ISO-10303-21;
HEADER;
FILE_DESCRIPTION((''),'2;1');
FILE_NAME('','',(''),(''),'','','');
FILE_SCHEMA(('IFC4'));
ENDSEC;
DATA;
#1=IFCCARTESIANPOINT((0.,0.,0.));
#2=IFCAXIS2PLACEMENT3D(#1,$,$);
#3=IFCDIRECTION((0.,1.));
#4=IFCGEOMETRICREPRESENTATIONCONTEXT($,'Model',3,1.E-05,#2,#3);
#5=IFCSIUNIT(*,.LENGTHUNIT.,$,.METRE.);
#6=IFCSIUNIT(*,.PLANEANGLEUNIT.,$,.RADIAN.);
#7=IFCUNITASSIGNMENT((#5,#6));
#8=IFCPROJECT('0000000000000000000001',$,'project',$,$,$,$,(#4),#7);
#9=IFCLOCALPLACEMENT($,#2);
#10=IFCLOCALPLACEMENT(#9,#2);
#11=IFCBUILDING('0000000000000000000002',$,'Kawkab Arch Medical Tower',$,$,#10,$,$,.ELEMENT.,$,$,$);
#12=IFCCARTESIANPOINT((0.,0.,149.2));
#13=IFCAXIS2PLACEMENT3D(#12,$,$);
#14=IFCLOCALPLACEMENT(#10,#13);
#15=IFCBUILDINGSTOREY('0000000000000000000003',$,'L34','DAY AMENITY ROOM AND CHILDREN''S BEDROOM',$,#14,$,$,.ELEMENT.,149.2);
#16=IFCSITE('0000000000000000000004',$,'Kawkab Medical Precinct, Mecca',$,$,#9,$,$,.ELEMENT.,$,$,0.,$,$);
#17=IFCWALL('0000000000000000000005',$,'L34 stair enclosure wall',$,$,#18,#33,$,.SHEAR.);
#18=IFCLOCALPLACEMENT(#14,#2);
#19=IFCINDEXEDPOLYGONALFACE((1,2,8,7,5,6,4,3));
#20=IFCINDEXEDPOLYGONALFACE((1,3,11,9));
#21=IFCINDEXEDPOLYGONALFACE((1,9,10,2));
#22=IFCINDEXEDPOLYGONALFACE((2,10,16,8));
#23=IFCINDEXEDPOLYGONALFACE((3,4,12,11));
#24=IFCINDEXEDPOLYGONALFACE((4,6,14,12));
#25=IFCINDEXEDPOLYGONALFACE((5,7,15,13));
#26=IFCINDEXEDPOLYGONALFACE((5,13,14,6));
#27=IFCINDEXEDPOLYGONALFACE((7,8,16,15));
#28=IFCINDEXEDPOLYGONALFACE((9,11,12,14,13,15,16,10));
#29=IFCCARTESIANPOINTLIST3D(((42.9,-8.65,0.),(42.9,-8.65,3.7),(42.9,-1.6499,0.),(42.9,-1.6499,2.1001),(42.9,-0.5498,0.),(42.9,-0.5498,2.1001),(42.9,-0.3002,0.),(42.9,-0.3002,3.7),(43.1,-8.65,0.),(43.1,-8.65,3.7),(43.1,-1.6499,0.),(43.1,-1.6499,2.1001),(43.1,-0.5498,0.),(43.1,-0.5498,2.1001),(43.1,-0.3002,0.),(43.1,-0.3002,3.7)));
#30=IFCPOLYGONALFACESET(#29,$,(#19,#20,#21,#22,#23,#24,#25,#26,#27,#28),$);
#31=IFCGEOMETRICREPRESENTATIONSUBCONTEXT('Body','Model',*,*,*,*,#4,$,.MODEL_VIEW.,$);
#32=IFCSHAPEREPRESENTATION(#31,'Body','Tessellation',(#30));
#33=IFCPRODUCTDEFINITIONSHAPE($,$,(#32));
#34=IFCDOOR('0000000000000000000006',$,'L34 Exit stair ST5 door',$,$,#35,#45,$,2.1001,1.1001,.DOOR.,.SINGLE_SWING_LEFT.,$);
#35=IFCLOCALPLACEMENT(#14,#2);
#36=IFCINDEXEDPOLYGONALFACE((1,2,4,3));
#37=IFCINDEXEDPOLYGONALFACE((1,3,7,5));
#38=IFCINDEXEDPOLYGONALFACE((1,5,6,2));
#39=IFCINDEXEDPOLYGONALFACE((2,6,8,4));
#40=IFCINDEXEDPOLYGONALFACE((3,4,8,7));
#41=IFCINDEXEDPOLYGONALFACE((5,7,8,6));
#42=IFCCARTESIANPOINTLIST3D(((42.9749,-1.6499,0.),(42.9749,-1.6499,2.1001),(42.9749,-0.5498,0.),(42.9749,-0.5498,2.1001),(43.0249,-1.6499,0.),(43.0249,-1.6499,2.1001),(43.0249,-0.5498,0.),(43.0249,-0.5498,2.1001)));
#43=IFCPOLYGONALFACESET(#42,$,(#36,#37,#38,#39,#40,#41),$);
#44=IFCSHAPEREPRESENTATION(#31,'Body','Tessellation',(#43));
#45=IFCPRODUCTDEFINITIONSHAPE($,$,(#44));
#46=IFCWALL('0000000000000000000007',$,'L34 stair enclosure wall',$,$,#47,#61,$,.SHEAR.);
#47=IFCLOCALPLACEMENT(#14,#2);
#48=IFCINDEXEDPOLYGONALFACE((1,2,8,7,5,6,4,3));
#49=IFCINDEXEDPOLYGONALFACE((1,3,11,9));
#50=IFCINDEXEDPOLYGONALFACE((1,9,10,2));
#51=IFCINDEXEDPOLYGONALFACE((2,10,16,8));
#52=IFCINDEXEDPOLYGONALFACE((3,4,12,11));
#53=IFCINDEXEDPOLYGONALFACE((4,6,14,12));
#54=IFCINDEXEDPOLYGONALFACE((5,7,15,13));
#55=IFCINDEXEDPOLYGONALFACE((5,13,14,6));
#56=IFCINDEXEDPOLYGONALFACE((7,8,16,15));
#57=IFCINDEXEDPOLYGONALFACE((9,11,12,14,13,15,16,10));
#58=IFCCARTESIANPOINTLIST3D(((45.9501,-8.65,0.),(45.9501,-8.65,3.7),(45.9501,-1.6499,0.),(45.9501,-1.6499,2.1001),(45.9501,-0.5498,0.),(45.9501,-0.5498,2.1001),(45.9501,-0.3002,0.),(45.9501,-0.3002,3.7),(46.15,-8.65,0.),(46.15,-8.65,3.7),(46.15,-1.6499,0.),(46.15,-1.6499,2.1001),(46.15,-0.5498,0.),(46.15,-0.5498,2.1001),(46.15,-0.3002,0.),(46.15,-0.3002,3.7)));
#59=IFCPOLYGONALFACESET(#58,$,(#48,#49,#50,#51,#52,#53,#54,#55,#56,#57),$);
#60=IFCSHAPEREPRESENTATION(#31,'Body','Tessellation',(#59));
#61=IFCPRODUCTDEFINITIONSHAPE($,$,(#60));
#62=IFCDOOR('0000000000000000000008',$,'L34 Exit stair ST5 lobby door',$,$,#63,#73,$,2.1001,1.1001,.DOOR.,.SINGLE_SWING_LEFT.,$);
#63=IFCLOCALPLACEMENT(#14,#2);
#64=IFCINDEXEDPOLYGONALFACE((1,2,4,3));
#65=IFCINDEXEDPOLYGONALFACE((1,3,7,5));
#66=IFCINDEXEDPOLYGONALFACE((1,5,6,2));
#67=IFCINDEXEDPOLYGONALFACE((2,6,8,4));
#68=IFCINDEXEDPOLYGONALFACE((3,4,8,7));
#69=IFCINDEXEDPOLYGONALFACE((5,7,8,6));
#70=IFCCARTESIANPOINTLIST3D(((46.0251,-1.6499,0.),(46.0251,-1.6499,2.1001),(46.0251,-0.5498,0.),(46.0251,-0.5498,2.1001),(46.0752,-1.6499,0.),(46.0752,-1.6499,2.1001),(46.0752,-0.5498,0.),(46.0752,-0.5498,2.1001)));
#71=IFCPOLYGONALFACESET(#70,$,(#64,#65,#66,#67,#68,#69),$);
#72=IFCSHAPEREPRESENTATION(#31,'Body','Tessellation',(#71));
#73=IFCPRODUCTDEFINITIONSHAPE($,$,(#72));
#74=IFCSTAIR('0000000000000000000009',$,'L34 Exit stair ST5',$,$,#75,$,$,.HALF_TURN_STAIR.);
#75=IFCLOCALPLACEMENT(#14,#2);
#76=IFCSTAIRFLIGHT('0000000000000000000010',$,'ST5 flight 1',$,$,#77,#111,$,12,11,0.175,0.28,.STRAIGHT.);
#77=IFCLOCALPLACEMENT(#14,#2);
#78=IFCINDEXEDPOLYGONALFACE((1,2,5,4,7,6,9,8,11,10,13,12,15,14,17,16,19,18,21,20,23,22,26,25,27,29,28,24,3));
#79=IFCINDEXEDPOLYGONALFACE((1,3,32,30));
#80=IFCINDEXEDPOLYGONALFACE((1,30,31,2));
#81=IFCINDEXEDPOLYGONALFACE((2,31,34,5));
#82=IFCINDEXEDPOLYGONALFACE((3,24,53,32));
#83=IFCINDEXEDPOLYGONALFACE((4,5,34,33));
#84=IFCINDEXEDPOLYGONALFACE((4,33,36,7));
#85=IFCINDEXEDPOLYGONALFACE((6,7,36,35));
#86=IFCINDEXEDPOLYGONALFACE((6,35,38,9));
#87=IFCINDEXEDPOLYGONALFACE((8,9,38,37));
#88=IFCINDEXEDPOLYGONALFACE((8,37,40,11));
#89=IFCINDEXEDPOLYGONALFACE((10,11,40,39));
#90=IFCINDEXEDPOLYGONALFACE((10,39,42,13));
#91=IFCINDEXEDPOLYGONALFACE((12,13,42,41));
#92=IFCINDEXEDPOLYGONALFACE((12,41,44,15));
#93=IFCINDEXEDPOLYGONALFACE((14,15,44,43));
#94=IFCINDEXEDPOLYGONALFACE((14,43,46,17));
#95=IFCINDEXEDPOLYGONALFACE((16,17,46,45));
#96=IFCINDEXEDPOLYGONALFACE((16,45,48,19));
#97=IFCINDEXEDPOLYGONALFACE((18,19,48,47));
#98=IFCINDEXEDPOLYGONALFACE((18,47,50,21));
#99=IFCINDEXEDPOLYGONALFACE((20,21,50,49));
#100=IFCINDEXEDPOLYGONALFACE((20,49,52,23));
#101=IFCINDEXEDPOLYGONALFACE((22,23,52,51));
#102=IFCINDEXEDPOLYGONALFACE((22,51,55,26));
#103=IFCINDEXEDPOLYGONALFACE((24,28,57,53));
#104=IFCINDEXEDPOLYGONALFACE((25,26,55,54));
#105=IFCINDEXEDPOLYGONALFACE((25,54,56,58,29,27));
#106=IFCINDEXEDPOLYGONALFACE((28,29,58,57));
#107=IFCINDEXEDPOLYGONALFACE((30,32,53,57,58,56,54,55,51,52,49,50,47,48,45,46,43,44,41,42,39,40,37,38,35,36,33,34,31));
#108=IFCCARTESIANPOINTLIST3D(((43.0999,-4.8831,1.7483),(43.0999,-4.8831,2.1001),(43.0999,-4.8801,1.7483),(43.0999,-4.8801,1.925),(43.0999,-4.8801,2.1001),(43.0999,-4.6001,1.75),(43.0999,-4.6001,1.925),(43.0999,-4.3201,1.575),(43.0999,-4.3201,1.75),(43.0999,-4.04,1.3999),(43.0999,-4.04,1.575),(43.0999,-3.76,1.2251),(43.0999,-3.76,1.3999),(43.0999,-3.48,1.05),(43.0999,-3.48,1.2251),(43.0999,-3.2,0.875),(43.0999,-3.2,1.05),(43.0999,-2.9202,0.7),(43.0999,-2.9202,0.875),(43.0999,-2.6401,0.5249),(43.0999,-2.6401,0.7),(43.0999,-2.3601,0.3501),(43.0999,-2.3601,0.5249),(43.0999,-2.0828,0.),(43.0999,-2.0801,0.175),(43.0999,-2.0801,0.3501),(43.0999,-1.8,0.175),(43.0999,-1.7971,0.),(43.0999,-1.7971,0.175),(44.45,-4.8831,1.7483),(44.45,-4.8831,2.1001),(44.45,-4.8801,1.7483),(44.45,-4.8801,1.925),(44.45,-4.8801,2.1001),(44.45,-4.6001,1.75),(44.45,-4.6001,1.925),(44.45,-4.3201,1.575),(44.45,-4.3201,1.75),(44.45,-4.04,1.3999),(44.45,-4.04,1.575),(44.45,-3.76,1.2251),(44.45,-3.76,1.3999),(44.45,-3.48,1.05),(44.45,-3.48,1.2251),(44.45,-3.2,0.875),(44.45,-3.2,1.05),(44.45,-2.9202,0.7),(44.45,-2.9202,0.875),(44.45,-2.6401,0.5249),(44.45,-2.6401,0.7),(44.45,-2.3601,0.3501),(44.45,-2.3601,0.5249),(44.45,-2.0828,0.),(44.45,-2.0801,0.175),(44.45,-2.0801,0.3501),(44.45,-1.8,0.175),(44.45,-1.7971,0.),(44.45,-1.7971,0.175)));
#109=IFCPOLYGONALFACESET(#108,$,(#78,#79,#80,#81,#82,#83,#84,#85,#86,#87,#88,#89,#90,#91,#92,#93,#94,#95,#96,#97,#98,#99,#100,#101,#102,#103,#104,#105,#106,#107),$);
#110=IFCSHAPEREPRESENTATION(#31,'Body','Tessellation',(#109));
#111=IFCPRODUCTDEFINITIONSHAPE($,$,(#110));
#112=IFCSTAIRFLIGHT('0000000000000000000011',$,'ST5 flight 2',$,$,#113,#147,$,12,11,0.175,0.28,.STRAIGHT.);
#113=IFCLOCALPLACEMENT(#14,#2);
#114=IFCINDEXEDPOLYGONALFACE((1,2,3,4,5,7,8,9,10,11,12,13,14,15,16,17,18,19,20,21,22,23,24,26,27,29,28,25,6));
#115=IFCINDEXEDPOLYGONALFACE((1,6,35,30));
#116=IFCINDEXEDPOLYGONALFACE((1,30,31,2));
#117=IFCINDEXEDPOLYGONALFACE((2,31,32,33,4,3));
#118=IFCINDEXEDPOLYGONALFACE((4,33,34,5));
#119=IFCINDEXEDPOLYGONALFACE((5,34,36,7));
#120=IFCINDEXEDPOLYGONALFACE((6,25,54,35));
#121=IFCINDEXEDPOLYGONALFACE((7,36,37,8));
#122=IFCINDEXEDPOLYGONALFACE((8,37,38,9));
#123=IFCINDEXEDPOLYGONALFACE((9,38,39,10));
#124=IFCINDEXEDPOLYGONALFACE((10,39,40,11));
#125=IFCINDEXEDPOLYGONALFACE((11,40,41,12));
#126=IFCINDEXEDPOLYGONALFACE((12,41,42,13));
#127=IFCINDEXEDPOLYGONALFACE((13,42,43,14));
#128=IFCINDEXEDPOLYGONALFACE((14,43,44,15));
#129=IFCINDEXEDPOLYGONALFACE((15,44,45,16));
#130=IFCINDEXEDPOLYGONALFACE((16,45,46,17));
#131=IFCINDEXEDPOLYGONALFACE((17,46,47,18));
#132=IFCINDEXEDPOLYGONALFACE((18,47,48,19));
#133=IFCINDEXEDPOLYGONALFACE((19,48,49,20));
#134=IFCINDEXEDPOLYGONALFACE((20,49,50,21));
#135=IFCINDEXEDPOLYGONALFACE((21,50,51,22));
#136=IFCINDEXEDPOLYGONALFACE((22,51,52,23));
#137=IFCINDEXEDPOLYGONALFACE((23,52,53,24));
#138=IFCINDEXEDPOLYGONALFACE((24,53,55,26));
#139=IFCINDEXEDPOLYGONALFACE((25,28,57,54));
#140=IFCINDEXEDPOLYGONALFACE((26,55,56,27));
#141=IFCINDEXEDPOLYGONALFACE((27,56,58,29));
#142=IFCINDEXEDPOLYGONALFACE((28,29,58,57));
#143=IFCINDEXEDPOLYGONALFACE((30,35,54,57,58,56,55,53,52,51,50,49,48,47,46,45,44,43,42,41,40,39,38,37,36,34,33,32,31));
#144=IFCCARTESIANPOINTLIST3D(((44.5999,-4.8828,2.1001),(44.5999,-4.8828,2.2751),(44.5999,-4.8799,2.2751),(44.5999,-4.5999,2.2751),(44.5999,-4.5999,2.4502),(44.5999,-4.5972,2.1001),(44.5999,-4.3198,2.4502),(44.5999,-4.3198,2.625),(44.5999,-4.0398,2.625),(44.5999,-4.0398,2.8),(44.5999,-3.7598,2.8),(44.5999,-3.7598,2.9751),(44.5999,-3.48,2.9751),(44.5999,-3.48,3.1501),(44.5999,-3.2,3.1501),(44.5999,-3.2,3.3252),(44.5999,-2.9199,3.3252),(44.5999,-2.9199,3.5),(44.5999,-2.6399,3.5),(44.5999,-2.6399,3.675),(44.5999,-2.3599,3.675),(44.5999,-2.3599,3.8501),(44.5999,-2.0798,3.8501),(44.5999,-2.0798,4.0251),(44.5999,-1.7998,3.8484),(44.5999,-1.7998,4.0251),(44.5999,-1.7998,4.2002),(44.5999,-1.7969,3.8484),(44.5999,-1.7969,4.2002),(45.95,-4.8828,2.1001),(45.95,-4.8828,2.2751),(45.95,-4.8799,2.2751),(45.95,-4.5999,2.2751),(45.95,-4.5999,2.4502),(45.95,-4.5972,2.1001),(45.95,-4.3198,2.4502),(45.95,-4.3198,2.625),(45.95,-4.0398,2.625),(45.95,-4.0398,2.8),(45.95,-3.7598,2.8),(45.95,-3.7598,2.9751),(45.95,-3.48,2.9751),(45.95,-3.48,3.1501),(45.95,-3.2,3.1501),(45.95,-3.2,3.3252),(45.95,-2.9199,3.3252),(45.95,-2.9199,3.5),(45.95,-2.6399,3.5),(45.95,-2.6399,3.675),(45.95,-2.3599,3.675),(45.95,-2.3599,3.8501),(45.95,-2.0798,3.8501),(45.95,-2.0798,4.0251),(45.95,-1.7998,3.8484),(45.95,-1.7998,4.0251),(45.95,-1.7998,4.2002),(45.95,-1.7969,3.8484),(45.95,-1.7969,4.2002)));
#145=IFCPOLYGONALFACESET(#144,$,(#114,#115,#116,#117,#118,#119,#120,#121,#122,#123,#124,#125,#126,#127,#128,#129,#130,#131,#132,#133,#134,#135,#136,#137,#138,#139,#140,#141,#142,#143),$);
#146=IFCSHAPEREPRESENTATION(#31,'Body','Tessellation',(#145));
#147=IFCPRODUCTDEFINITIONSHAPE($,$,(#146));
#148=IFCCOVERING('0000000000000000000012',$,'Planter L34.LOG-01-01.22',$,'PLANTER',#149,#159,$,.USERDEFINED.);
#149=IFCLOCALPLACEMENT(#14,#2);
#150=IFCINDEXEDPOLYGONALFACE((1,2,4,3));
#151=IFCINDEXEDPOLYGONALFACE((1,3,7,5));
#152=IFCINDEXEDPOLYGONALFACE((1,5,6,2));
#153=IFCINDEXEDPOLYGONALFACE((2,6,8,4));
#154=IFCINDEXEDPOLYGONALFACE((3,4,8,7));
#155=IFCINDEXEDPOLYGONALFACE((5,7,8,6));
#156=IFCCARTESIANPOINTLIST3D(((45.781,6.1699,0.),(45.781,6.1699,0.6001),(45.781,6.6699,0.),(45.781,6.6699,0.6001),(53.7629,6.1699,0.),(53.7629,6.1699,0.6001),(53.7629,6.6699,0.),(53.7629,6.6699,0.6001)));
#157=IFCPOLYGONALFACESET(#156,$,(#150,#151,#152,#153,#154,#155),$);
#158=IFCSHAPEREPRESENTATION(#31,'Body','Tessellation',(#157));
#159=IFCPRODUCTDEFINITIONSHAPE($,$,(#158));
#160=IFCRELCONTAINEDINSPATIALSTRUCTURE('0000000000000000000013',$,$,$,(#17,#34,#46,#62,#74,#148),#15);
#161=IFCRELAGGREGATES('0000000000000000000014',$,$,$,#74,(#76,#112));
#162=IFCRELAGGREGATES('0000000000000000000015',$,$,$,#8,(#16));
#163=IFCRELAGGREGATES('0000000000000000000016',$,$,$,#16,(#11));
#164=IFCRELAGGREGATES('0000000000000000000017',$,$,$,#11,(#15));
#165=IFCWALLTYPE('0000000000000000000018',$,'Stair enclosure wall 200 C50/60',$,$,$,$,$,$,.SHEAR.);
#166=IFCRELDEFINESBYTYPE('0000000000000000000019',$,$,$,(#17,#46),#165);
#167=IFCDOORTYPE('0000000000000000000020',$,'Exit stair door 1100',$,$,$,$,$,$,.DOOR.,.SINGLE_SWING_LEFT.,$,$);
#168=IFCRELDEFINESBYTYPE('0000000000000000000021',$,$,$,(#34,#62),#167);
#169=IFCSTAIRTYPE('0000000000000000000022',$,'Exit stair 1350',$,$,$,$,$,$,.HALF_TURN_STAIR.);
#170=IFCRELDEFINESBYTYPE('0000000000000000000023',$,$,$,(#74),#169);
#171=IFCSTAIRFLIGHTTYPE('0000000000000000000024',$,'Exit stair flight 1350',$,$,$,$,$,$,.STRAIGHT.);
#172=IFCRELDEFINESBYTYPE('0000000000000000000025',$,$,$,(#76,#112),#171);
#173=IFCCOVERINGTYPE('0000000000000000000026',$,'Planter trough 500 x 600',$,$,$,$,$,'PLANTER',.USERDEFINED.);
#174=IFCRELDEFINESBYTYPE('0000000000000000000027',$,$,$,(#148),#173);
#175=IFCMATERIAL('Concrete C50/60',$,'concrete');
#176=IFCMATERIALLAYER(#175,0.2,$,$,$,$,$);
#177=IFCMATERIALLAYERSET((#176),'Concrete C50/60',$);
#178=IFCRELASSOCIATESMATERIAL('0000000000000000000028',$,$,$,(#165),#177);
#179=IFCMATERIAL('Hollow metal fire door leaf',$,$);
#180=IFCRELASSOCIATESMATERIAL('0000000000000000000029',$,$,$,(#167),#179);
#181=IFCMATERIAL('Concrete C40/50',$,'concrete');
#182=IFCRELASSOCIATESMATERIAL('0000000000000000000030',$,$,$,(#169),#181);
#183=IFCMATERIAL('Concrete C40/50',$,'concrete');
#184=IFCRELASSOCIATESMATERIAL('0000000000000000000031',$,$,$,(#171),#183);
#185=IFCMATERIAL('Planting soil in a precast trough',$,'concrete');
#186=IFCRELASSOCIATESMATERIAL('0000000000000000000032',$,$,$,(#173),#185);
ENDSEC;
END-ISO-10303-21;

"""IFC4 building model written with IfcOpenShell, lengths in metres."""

from ifc_helpers import new_model, si_unit, direction, frame, frame_2d, origin, origin_2d, place, context, subcontext, project, spatial, polyline, rectangle, outline, extrude, material, layer, layer_set, material_profile, profile_set, type_object, element, fill, aggregate, save


model = new_model("IFC4")

# Units and contexts
model_context = context("Model", 3, precision=1e-05, world=origin(), true_north=direction((0.0, 1.0)))
body_context = subcontext(model_context, "Body", "Model", "MODEL_VIEW")
ifc_project = project(units=[si_unit("LENGTHUNIT", "METRE"), si_unit("PLANEANGLEUNIT", "RADIAN")], contexts=[model_context])

# Site, building, storey
site_placement = place(None, origin())
site = spatial("IfcSite", under=ifc_project, at=site_placement, Name="Kawkab Medical Precinct, Mecca", CompositionType="ELEMENT", RefElevation=0.0)
building_placement = place(site_placement, origin())
building = spatial("IfcBuilding", under=site, at=building_placement, Name="Kawkab Arch Medical Tower", CompositionType="ELEMENT")
storey_placement = place(building_placement, frame((0.0, 0.0, 149.2)))
storey = spatial("IfcBuildingStorey", under=building, at=storey_placement, Name="L34", Description="DAY AMENITY ROOM AND CHILDREN'S BEDROOM", CompositionType="ELEMENT", Elevation=149.2)

# Shared definitions
placement = place(storey_placement, origin())

# Walls, openings, doors
ifc_material_1 = material(Name="Concrete C50/60", Category="concrete")
ifc_layer_1 = layer(ifc_material_1, 0.2)
ifc_layer_set_1 = layer_set([ifc_layer_1], Name="Concrete C50/60")
wall_type_1 = type_object("IfcWallType", Name="Stair enclosure wall 200 C50/60", PredefinedType="SHEAR", material=ifc_layer_set_1)
wall_1_placement = place(storey_placement, frame((43.0, -8.6499, 0.0), z_axis=(0.0, 0.0, 1.0), x_axis=(0.0, 1.0, 0.0)))
wall_1 = element("IfcWall", 1, at=wall_1_placement, inside=storey, type_object=wall_type_1, Name="L34 stair enclosure wall", PredefinedType="SHEAR", context=body_context, shape_type="SweptSolid", body=[
    extrude(rectangle(XDim=8.3499, YDim=0.2, at=frame_2d((4.1748, 0.0))), origin(), (0.0, 0.0, 1.0), 3.7),
])
opening_1_placement = place(wall_1_placement, frame((7.0, 0.0, 0.0)))
opening_1 = element("IfcOpeningElement", 2, at=opening_1_placement, cuts=wall_1, PredefinedType="OPENING", context=body_context, shape_type="SweptSolid", body=[
    extrude(rectangle(XDim=1.1001, YDim=2.1001, at=frame_2d((0.55, 1.05))), frame((0.0, 0.1099, 0.0), z_axis=(0.0, -1.0, 0.0), x_axis=(1.0, 0.0, 0.0)), (0.0, 0.0, 1.0), 0.22),
])
ifc_material_2 = material(Name="Hollow metal fire door leaf")
door_type_1 = type_object("IfcDoorType", Name="Exit stair door 1100", OperationType="SINGLE_SWING_LEFT", PredefinedType="DOOR", material=ifc_material_2)
door_1_placement = place(opening_1_placement, frame((1.1001, 0.0, 0.0), z_axis=(0.0, 0.0, 1.0), x_axis=(-1.0, 0.0, 0.0)))
door_1 = element("IfcDoor", 3, at=door_1_placement, inside=storey, type_object=door_type_1, Name="L34 Exit stair ST5 door", OperationType="SINGLE_SWING_LEFT", OverallHeight=2.1001, OverallWidth=1.1001, PredefinedType="DOOR", context=body_context, shape_type="SweptSolid", body=[
    extrude(rectangle(XDim=1.1001, YDim=2.1001, at=frame_2d((0.55, 1.05))), frame((0.0, 0.0249, 0.0), z_axis=(0.0, -1.0, 0.0), x_axis=(1.0, 0.0, 0.0)), (0.0, 0.0, 1.0), 0.05),
])
fill(opening_1, door_1)
wall_2_placement = place(storey_placement, frame((46.05, -8.6499, 0.0), z_axis=(0.0, 0.0, 1.0), x_axis=(0.0, 1.0, 0.0)))
wall_2 = element("IfcWall", 4, at=wall_2_placement, inside=storey, type_object=wall_type_1, Name="L34 stair enclosure wall", PredefinedType="SHEAR", context=body_context, shape_type="SweptSolid", body=[
    extrude(rectangle(XDim=8.3499, YDim=0.2, at=frame_2d((4.1748, 0.0))), origin(), (0.0, 0.0, 1.0), 3.7),
])
opening_2_placement = place(wall_2_placement, frame((7.0, 0.0, 0.0)))
opening_2 = element("IfcOpeningElement", 5, at=opening_2_placement, cuts=wall_2, PredefinedType="OPENING", context=body_context, shape_type="SweptSolid", body=[
    extrude(rectangle(XDim=1.1001, YDim=2.1001, at=frame_2d((0.55, 1.05))), frame((0.0, 0.1099, 0.0), z_axis=(0.0, -1.0, 0.0), x_axis=(1.0, 0.0, 0.0)), (0.0, 0.0, 1.0), 0.22),
])
door_2_placement = place(opening_2_placement, origin())
door_2 = element("IfcDoor", 6, at=door_2_placement, inside=storey, type_object=door_type_1, Name="L34 Exit stair ST5 lobby door", OperationType="SINGLE_SWING_LEFT", OverallHeight=2.1001, OverallWidth=1.1001, PredefinedType="DOOR", context=body_context, shape_type="SweptSolid", body=[
    extrude(rectangle(XDim=1.1001, YDim=2.1001, at=frame_2d((0.55, 1.05))), frame((0.0, 0.0249, 0.0), z_axis=(0.0, -1.0, 0.0), x_axis=(1.0, 0.0, 0.0)), (0.0, 0.0, 1.0), 0.05),
])
fill(opening_2, door_2)

# Stair, stair flights
ifc_material_3 = material(Name="Concrete C40/50", Category="concrete")
stair_type = type_object("IfcStairType", Name="Exit stair 1350", PredefinedType="HALF_TURN_STAIR", material=ifc_material_3)
stair = element("IfcStair", 7, at=placement, inside=storey, type_object=stair_type, Name="L34 Exit stair ST5", PredefinedType="HALF_TURN_STAIR")
ifc_material_4 = material(Name="Concrete C40/50", Category="concrete")
stair_flight_type = type_object("IfcStairFlightType", Name="Exit stair flight 1350", PredefinedType="STRAIGHT", material=ifc_material_4)
stair_flight_1_placement = place(storey_placement, frame((43.7749, -1.8, 0.0), z_axis=(0.0, 0.0, 1.0), x_axis=(0.0, -1.0, 0.0)))
stair_flight_1 = element("IfcStairFlight", 8, at=stair_flight_1_placement, type_object=stair_flight_type, Name="ST5 flight 1", NumberOfRisers=12, NumberOfTreads=11, PredefinedType="STRAIGHT", RiserHeight=0.175, TreadLength=0.28, context=body_context, shape_type="SweptSolid", body=[
    extrude(outline(polyline([(-0.0029, 0.0), (-0.0029, 0.175), (0.0, 0.175), (0.28, 0.175), (0.28, 0.3501), (0.5601, 0.3501), (0.5601, 0.5249), (0.8401, 0.5249), (0.8401, 0.7), (1.1201, 0.7), (1.1201, 0.875), (1.3999, 0.875), (1.3999, 1.05), (1.6799, 1.05), (1.6799, 1.2251), (1.96, 1.2251), (1.96, 1.3999), (2.24, 1.3999), (2.24, 1.575), (2.52, 1.575), (2.52, 1.75), (2.8, 1.75), (2.8, 1.925), (3.0801, 1.925), (3.0801, 2.1001), (3.083, 2.1001), (3.083, 1.7483), (3.0801, 1.7483), (0.2827, 0.0), (-0.0029, 0.0)])), frame((0.0, 0.675, 0.0), z_axis=(0.0, -1.0, 0.0), x_axis=(1.0, 0.0, 0.0)), (0.0, 0.0, 1.0), 1.3501),
])
stair_flight_2_placement = place(storey_placement, frame((45.2749, -4.8799, 2.1001), z_axis=(0.0, 0.0, 1.0), x_axis=(0.0, 1.0, 0.0)))
stair_flight_2 = element("IfcStairFlight", 9, at=stair_flight_2_placement, type_object=stair_flight_type, Name="ST5 flight 2", NumberOfRisers=12, NumberOfTreads=11, PredefinedType="STRAIGHT", RiserHeight=0.175, TreadLength=0.28, context=body_context, shape_type="SweptSolid", body=[
    extrude(outline(polyline([(-0.0029, 0.0), (-0.0029, 0.175), (0.0, 0.175), (0.28, 0.175), (0.28, 0.3501), (0.5601, 0.3501), (0.5601, 0.5249), (0.8401, 0.5249), (0.8401, 0.7), (1.1201, 0.7), (1.1201, 0.875), (1.3999, 0.875), (1.3999, 1.05), (1.6799, 1.05), (1.6799, 1.2251), (1.96, 1.2251), (1.96, 1.3999), (2.24, 1.3999), (2.24, 1.575), (2.52, 1.575), (2.52, 1.75), (2.8, 1.75), (2.8, 1.925), (3.0801, 1.925), (3.0801, 2.1001), (3.083, 2.1001), (3.083, 1.7483), (3.0801, 1.7483), (0.2827, 0.0), (-0.0029, 0.0)])), frame((0.0, 0.675, 0.0), z_axis=(0.0, -1.0, 0.0), x_axis=(1.0, 0.0, 0.0)), (0.0, 0.0, 1.0), 1.3501),
])
aggregate(stair, [stair_flight_1, stair_flight_2])

# Covering
ifc_material_5 = material(Name="Planting soil in a precast trough", Category="concrete")
ifc_material_profile_1 = material_profile(ifc_material_5, rectangle(XDim=0.5, YDim=0.6001, at=origin_2d()), Name="Trough 500x600")
ifc_profile_set_1 = profile_set([ifc_material_profile_1], Name="Planting soil in a precast trough")
covering_type = type_object("IfcCoveringType", Name="Planter trough 500 x 600", ElementType="PLANTER", PredefinedType="USERDEFINED", material=ifc_profile_set_1)
covering_placement = place(storey_placement, frame((45.781, 6.4199, 0.3), z_axis=(1.0, 0.0, 0.0), x_axis=(0.0, 1.0, 0.0)))
element("IfcCovering", 10, at=covering_placement, inside=storey, type_object=covering_type, Name="Planter L34.LOG-01-01.22", ObjectType="PLANTER", PredefinedType="USERDEFINED", context=body_context, shape_type="SweptSolid", body=[
    extrude(rectangle(XDim=0.5, YDim=0.6001, at=origin_2d()), origin(), (0.0, 0.0, 1.0), 7.9819),
])

save(model, "model.ifc")
